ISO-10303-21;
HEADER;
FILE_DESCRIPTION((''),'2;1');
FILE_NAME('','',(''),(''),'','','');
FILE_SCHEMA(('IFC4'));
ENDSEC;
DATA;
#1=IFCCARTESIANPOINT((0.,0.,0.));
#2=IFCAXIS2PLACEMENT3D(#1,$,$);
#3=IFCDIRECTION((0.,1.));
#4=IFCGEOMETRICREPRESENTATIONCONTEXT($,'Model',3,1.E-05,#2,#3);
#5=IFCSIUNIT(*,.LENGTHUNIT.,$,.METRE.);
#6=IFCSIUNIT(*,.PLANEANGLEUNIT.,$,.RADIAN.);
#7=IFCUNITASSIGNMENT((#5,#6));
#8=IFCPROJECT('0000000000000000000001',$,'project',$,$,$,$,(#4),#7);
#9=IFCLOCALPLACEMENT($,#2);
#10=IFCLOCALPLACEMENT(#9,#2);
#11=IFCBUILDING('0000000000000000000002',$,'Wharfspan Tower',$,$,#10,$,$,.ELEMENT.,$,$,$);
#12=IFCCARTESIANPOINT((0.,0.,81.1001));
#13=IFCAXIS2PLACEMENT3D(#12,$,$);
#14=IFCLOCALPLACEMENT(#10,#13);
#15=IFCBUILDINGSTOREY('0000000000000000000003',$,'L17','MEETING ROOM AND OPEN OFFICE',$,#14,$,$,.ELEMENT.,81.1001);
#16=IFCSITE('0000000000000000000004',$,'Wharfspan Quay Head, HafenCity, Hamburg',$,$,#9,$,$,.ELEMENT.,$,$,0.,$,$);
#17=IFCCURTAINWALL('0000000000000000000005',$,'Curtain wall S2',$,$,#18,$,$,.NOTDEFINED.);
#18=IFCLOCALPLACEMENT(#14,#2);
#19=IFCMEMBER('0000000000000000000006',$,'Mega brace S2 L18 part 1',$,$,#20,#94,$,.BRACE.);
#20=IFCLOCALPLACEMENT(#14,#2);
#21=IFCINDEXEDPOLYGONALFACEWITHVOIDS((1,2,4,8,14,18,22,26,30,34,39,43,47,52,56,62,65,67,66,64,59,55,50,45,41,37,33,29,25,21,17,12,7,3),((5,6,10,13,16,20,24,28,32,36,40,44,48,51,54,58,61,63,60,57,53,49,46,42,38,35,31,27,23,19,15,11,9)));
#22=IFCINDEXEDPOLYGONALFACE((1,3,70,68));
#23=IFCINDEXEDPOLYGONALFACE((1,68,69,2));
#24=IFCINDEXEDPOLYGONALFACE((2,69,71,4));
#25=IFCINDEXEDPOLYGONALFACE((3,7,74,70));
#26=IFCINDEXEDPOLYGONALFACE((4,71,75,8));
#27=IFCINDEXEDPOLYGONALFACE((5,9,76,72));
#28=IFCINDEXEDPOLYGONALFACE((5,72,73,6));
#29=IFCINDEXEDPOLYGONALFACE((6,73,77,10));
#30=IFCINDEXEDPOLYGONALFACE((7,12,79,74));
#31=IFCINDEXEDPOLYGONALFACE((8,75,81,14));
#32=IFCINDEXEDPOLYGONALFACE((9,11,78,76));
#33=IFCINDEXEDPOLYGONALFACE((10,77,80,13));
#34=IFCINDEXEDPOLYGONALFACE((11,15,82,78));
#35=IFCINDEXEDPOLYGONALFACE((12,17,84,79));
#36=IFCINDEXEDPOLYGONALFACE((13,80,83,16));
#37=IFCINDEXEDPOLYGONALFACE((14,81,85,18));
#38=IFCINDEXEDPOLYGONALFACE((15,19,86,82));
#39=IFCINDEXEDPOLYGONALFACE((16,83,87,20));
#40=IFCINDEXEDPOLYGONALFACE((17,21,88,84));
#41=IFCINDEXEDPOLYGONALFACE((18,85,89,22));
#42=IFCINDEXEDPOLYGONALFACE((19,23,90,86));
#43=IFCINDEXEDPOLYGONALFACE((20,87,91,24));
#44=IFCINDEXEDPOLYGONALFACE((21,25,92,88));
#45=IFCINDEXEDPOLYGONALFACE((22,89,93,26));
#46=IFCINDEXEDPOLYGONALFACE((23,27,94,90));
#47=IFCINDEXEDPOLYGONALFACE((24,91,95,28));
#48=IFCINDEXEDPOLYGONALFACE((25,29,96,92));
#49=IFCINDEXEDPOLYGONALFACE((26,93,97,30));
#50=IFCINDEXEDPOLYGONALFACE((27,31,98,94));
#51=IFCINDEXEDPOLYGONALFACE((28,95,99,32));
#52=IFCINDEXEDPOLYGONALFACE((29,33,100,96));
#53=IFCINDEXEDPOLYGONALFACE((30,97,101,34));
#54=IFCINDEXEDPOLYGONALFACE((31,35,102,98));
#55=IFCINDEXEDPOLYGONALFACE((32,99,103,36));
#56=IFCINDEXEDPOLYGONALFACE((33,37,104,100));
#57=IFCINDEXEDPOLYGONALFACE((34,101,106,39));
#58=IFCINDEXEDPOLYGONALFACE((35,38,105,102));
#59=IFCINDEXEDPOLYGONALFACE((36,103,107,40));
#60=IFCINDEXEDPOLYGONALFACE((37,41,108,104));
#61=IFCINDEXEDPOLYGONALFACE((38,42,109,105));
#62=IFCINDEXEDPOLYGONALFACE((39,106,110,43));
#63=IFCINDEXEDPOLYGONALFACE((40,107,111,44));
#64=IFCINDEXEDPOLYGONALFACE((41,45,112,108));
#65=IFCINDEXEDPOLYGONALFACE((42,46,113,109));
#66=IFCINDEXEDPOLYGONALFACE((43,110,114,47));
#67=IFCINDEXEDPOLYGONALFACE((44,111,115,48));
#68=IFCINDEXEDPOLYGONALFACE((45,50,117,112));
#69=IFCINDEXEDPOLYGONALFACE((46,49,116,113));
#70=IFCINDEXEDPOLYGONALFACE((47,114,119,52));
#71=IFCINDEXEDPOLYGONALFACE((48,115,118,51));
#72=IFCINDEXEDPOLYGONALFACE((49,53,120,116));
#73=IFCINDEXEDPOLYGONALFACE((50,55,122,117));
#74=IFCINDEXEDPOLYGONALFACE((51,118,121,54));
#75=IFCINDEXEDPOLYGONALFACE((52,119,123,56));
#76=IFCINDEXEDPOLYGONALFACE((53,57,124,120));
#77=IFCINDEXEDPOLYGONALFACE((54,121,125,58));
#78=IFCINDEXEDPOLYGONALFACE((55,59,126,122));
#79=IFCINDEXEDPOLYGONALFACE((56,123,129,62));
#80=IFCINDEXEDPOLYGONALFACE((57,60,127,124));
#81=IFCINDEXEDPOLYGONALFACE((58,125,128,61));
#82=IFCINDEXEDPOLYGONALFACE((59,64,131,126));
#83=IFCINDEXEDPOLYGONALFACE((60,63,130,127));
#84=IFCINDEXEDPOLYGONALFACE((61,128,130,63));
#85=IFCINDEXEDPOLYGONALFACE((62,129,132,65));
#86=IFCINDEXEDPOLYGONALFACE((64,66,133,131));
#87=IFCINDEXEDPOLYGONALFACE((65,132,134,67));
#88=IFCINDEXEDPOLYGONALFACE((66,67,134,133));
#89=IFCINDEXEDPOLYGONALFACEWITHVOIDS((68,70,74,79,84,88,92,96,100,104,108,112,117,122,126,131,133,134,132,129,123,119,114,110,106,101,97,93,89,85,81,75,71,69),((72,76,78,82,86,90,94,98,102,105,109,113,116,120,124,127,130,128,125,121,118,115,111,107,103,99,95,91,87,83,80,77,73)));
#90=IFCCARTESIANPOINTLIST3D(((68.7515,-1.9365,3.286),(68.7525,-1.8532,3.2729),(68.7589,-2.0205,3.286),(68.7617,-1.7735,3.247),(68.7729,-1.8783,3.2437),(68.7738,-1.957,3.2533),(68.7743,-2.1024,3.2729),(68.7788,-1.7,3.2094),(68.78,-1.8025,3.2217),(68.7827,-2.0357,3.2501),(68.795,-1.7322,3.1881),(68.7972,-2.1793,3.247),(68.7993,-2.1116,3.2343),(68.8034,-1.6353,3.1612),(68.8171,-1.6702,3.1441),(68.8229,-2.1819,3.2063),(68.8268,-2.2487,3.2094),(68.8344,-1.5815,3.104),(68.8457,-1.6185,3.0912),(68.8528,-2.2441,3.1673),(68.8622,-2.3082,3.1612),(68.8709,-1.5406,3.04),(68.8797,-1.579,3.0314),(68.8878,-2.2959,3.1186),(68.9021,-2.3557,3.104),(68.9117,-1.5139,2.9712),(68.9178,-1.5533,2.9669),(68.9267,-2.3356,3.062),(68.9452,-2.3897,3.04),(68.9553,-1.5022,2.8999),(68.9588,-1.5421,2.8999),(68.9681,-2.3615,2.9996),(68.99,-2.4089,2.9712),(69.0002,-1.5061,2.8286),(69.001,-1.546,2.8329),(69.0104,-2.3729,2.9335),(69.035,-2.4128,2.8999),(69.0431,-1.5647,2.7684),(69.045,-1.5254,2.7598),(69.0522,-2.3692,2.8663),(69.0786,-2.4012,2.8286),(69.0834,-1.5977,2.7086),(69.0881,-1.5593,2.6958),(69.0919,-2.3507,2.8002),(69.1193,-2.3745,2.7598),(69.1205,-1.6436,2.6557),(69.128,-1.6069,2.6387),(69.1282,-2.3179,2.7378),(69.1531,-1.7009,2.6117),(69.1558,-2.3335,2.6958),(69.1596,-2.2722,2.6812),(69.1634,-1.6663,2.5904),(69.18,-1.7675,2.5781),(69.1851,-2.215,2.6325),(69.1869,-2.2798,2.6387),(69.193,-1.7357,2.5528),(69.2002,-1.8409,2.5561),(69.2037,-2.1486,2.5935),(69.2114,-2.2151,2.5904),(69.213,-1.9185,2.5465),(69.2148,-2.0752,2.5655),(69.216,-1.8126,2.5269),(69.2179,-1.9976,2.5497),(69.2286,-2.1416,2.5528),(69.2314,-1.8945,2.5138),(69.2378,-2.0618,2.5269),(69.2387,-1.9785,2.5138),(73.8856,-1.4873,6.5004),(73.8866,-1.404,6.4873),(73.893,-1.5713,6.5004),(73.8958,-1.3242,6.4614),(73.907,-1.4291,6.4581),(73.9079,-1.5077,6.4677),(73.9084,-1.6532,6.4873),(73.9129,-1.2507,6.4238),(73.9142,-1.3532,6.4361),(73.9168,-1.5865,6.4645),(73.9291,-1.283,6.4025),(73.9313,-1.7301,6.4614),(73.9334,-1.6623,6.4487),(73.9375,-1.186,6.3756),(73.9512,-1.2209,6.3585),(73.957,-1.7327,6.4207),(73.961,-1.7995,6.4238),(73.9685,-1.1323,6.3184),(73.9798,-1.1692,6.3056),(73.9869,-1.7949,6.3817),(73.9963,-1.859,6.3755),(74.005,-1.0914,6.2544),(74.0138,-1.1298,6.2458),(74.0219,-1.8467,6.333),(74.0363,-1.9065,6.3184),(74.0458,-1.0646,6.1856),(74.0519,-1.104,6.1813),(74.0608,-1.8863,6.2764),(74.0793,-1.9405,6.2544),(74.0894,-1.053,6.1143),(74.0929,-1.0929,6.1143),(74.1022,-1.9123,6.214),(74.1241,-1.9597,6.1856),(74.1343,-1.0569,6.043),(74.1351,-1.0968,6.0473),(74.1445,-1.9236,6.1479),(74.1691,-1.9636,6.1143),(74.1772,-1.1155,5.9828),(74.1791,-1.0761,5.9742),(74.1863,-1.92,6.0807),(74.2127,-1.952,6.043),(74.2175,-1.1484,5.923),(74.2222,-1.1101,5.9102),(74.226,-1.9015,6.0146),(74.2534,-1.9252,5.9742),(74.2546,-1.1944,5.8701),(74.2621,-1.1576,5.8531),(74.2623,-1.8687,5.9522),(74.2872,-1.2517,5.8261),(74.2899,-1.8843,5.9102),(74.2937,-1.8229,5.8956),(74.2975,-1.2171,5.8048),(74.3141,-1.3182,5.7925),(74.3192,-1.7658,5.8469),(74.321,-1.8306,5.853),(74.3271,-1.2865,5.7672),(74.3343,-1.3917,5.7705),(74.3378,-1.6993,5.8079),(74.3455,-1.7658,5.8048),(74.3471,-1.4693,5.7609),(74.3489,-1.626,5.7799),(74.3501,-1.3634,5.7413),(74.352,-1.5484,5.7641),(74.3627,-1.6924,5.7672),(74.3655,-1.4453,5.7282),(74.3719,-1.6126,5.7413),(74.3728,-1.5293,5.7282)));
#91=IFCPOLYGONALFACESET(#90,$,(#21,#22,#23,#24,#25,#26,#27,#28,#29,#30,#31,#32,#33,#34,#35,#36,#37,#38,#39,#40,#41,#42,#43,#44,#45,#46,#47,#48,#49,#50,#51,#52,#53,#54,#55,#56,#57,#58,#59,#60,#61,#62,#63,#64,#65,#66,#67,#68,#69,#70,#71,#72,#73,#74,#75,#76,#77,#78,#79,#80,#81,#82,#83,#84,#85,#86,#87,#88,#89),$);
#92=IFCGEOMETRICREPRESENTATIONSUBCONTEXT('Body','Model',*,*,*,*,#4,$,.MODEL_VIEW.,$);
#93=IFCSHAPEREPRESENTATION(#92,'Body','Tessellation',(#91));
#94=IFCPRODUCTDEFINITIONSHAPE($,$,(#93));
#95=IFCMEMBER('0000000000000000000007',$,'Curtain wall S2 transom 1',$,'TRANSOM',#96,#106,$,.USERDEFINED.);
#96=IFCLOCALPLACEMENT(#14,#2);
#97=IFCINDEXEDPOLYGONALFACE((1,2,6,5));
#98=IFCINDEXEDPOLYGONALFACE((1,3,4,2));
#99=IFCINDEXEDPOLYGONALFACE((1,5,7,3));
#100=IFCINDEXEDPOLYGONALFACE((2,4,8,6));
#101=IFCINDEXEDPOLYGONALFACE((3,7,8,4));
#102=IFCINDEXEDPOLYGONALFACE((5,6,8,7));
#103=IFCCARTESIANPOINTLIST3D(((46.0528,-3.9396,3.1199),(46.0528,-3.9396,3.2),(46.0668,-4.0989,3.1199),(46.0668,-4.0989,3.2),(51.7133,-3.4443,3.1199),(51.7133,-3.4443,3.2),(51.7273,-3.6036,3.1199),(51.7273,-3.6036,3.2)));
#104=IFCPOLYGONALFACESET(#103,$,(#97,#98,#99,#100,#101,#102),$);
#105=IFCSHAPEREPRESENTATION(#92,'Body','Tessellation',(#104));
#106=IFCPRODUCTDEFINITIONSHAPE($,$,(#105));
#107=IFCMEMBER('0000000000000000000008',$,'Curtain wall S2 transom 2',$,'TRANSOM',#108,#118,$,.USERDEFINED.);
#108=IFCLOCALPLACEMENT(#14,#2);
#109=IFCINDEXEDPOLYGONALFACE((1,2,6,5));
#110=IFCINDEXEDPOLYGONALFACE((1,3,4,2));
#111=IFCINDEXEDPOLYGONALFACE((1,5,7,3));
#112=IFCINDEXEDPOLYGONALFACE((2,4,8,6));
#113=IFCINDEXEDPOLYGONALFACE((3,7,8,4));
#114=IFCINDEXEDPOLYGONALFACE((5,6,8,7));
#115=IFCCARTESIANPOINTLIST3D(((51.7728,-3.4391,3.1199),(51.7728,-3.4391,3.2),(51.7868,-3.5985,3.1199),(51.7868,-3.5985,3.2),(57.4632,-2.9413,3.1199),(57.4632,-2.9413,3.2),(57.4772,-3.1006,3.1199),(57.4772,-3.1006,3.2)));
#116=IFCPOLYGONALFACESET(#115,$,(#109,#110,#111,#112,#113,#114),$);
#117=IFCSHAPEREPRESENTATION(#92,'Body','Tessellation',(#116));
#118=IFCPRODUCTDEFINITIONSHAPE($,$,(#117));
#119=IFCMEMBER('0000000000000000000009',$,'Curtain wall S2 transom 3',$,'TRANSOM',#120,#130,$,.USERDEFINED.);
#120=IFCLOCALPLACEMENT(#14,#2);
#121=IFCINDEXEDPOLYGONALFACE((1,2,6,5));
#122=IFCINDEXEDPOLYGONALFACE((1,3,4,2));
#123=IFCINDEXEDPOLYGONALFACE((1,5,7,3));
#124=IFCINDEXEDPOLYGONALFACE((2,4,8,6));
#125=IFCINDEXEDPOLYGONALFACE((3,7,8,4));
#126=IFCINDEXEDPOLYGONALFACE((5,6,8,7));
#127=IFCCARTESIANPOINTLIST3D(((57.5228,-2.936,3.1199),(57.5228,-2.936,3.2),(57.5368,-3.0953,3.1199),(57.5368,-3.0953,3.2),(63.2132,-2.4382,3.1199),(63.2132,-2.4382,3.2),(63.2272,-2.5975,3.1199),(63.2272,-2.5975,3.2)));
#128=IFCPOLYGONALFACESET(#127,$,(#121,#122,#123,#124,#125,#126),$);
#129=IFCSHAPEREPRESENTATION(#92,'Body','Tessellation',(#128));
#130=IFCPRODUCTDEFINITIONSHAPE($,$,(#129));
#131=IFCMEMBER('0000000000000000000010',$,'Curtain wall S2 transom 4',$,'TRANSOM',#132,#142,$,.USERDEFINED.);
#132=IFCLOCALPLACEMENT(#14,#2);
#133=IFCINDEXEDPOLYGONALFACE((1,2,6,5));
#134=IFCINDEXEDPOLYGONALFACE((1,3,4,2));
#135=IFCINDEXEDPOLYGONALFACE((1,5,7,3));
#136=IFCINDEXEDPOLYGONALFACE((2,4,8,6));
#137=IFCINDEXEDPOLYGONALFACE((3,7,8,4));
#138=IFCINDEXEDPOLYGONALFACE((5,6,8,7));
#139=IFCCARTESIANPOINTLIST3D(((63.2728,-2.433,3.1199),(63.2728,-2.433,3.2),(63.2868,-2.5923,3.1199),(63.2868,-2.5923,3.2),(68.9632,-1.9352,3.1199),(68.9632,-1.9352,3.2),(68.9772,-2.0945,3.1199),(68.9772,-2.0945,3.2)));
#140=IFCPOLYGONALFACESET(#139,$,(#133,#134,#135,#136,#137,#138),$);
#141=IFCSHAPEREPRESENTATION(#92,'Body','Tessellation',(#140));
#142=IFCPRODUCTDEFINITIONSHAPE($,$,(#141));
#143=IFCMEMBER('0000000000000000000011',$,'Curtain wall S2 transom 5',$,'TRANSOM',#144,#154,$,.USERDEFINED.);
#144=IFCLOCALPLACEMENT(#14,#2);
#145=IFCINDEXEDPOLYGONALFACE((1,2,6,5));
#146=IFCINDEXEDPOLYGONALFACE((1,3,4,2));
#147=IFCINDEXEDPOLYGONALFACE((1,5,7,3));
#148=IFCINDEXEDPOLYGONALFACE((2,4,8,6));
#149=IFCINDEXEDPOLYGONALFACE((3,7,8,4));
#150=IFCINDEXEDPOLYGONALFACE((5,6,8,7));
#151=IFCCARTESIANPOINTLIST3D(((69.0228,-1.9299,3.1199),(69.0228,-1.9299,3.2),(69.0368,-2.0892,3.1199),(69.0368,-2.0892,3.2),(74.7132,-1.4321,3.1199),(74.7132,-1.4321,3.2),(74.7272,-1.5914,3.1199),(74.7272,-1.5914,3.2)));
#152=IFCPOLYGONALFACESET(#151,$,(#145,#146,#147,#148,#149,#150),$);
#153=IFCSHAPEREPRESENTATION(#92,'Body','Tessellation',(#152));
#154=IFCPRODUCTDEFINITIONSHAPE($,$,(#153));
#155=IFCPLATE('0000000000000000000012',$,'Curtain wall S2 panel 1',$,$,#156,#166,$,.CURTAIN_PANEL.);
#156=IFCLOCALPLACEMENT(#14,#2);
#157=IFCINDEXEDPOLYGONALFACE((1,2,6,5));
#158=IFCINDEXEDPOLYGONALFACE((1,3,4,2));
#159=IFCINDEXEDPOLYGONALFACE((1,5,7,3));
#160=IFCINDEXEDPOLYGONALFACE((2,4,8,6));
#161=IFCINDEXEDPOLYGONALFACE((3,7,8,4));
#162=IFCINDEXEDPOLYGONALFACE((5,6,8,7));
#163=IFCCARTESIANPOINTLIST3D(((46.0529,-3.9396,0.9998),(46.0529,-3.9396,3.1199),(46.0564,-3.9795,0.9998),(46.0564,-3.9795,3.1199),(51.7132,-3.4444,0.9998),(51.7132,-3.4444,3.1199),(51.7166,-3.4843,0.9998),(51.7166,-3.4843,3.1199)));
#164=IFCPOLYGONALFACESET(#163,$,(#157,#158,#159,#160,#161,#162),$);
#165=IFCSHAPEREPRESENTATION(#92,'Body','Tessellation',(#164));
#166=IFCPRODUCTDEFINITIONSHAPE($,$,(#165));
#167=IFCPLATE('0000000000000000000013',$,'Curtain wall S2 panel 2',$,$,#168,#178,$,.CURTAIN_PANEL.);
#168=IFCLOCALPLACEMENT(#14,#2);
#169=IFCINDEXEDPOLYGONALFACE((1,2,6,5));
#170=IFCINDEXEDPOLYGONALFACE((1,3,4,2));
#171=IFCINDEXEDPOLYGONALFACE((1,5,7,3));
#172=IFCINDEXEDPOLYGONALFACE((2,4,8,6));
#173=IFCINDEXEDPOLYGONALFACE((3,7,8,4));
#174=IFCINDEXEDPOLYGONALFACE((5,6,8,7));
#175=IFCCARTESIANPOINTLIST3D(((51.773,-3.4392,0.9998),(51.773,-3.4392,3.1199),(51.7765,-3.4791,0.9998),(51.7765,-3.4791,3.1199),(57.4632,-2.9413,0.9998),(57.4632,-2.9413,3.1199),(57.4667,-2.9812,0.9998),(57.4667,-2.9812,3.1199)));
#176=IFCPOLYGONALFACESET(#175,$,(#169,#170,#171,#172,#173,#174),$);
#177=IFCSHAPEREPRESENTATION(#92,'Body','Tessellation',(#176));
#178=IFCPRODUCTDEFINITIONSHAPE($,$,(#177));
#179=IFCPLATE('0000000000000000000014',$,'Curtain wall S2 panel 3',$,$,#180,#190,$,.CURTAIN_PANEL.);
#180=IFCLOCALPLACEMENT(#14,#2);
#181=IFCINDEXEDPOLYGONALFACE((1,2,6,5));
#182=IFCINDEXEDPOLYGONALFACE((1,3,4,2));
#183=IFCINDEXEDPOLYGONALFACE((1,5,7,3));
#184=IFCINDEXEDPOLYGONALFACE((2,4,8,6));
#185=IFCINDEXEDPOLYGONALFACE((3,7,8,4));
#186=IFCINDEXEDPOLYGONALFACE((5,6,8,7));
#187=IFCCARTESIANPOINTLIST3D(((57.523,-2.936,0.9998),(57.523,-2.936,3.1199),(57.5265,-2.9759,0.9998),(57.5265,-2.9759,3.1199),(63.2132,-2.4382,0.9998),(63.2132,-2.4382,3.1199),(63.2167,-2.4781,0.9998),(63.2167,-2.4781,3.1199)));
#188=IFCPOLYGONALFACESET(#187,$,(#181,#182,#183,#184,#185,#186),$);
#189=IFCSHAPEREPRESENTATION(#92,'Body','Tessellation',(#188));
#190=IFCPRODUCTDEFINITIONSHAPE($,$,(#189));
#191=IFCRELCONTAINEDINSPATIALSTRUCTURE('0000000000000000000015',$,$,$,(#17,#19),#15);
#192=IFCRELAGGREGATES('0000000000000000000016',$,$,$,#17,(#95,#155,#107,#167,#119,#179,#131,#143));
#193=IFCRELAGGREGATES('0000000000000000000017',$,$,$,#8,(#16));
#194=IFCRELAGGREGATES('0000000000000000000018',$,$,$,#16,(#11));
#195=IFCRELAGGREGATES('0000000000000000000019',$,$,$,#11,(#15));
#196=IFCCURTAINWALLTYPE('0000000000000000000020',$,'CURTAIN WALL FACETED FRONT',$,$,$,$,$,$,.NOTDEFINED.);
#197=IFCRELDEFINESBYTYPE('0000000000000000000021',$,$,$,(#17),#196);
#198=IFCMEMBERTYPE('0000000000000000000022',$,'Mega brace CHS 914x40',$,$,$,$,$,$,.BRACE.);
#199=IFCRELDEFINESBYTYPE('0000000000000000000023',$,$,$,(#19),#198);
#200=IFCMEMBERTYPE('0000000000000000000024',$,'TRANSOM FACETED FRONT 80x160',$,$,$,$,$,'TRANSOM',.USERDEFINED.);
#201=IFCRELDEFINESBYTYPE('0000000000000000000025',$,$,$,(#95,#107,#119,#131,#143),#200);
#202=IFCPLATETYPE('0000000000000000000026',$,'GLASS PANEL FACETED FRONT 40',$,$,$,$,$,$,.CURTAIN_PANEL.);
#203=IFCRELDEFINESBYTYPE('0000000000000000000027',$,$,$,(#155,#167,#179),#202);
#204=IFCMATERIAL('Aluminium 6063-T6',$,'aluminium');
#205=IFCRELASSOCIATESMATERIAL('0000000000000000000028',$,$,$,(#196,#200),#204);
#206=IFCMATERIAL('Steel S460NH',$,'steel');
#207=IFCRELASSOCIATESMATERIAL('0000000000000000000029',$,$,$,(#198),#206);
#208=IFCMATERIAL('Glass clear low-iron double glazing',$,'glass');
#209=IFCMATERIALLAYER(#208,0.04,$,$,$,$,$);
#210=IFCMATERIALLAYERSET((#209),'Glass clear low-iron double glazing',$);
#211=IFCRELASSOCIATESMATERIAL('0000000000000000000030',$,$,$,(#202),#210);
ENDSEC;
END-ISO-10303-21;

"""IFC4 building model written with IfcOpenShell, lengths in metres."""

from ifc_helpers import new_model, si_unit, direction, frame, origin, origin_2d, place, context, subcontext, project, spatial, rectangle, hollow_circle, extrude, material, layer, layer_set, material_profile, profile_set, type_object, element, aggregate, save


model = new_model("IFC4")

# Units and contexts
model_context = context("Model", 3, precision=1e-05, world=origin(), true_north=direction((0.0, 1.0)))
body_context = subcontext(model_context, "Body", "Model", "MODEL_VIEW")
ifc_project = project(units=[si_unit("LENGTHUNIT", "METRE"), si_unit("PLANEANGLEUNIT", "RADIAN")], contexts=[model_context])

# Site, building, storey
site_placement = place(None, origin())
site = spatial("IfcSite", under=ifc_project, at=site_placement, Name="Wharfspan Quay Head, HafenCity, Hamburg", CompositionType="ELEMENT", RefElevation=0.0)
building_placement = place(site_placement, origin())
building = spatial("IfcBuilding", under=site, at=building_placement, Name="Wharfspan Tower", CompositionType="ELEMENT")
storey_placement = place(building_placement, frame((0.0, 0.0, 81.1001)))
storey = spatial("IfcBuildingStorey", under=building, at=storey_placement, Name="L17", Description="MEETING ROOM AND OPEN OFFICE", CompositionType="ELEMENT", Elevation=81.1001)

# Curtain wall
ifc_material_1 = material(Name="Aluminium 6063-T6", Category="aluminium")
curtain_wall_type = type_object("IfcCurtainWallType", Name="CURTAIN WALL FACETED FRONT", PredefinedType="NOTDEFINED", material=ifc_material_1)
curtain_wall_placement = place(storey_placement, origin())
curtain_wall = element("IfcCurtainWall", 1, at=curtain_wall_placement, inside=storey, type_object=curtain_wall_type, Name="Curtain wall S2", PredefinedType="NOTDEFINED")

# Members
ifc_material_2 = material(Name="Steel S460NH", Category="steel")
ifc_material_profile_1 = material_profile(ifc_material_2, hollow_circle(Radius=0.457, WallThickness=0.04, at=origin_2d()))
ifc_profile_set_1 = profile_set([ifc_material_profile_1], Name="Steel S460NH")
member_type_1 = type_object("IfcMemberType", Name="Mega brace CHS 914x40", PredefinedType="BRACE", material=ifc_profile_set_1)
member_1_placement = place(storey_placement, frame((68.9951, -1.9575, 2.8999), z_axis=(0.845262, 0.073959, 0.529208), x_axis=(-0.087167, 0.996192, 0.000003)))
element("IfcMember", 2, at=member_1_placement, inside=storey, type_object=member_type_1, Name="Mega brace S2 L18 part 1", PredefinedType="BRACE", context=body_context, shape_type="SweptSolid", body=[
    extrude(hollow_circle(Radius=0.457, WallThickness=0.04, at=origin_2d()), origin(), (0.0, 0.0, 1.0), 6.074),
])
ifc_material_profile_2 = material_profile(ifc_material_1, rectangle(XDim=0.1599, YDim=0.0801, at=origin_2d()))
ifc_profile_set_2 = profile_set([ifc_material_profile_2], Name="Aluminium 6063-T6")
member_type_2 = type_object("IfcMemberType", Name="TRANSOM FACETED FRONT 80x160", ElementType="TRANSOM", PredefinedType="USERDEFINED", material=ifc_profile_set_2)
member_2_placement = place(storey_placement, frame((46.0598, -4.0193, 3.1599), z_axis=(0.996193, 0.08718, 0.0), x_axis=(-0.08718, 0.996193, 0.0)))
member_2 = element("IfcMember", 3, at=member_2_placement, type_object=member_type_2, Name="Curtain wall S2 transom 1", ObjectType="TRANSOM", PredefinedType="USERDEFINED", context=body_context, shape_type="SweptSolid", body=[
    extrude(rectangle(XDim=0.1599, YDim=0.0801, at=origin_2d()), origin(), (0.0, 0.0, 1.0), 5.6821),
])
member_3_placement = place(storey_placement, frame((51.7798, -3.5188, 3.1599), z_axis=(0.996195, 0.087148, 0.0), x_axis=(-0.087148, 0.996195, 0.0)))
member_3 = element("IfcMember", 4, at=member_3_placement, type_object=member_type_2, Name="Curtain wall S2 transom 2", ObjectType="TRANSOM", PredefinedType="USERDEFINED", context=body_context, shape_type="SweptSolid", body=[
    extrude(rectangle(XDim=0.1599, YDim=0.0801, at=origin_2d()), origin(), (0.0, 0.0, 1.0), 5.7122),
])
member_4_placement = place(storey_placement, frame((57.5298, -3.0156, 3.1599), z_axis=(0.996195, 0.087148, 0.0), x_axis=(-0.087148, 0.996195, 0.0)))
member_4 = element("IfcMember", 5, at=member_4_placement, type_object=member_type_2, Name="Curtain wall S2 transom 3", ObjectType="TRANSOM", PredefinedType="USERDEFINED", context=body_context, shape_type="SweptSolid", body=[
    extrude(rectangle(XDim=0.1599, YDim=0.0801, at=origin_2d()), origin(), (0.0, 0.0, 1.0), 5.7122),
])
member_5_placement = place(storey_placement, frame((63.2798, -2.5127, 3.1599), z_axis=(0.996195, 0.087148, 0.0), x_axis=(-0.087148, 0.996195, 0.0)))
member_5 = element("IfcMember", 6, at=member_5_placement, type_object=member_type_2, Name="Curtain wall S2 transom 4", ObjectType="TRANSOM", PredefinedType="USERDEFINED", context=body_context, shape_type="SweptSolid", body=[
    extrude(rectangle(XDim=0.1599, YDim=0.0801, at=origin_2d()), origin(), (0.0, 0.0, 1.0), 5.7122),
])
member_6_placement = place(storey_placement, frame((69.0298, -2.0095, 3.1599), z_axis=(0.996195, 0.087148, 0.0), x_axis=(-0.087148, 0.996195, 0.0)))
member_6 = element("IfcMember", 7, at=member_6_placement, type_object=member_type_2, Name="Curtain wall S2 transom 5", ObjectType="TRANSOM", PredefinedType="USERDEFINED", context=body_context, shape_type="SweptSolid", body=[
    extrude(rectangle(XDim=0.1599, YDim=0.0801, at=origin_2d()), origin(), (0.0, 0.0, 1.0), 5.7122),
])

# Plates
ifc_material_3 = material(Name="Glass clear low-iron double glazing", Category="glass")
ifc_layer_1 = layer(ifc_material_3, 0.04)
ifc_layer_set_1 = layer_set([ifc_layer_1], Name="Glass clear low-iron double glazing")
plate_type = type_object("IfcPlateType", Name="GLASS PANEL FACETED FRONT 40", PredefinedType="CURTAIN_PANEL", material=ifc_layer_set_1)
plate_1_placement = place(storey_placement, frame((48.8848, -3.7119, 0.9998), z_axis=(0.0, 0.0, 1.0), x_axis=(0.996197, 0.087156, 0.0)))
plate_1 = element("IfcPlate", 8, at=plate_1_placement, type_object=plate_type, Name="Curtain wall S2 panel 1", PredefinedType="CURTAIN_PANEL", context=body_context, shape_type="SweptSolid", body=[
    extrude(rectangle(XDim=5.6819, YDim=0.04, at=origin_2d()), origin(), (0.0, 0.0, 1.0), 2.1201),
])
plate_2_placement = place(storey_placement, frame((54.6199, -3.2102, 0.9998), z_axis=(0.0, 0.0, 1.0), x_axis=(0.996197, 0.087156, 0.0)))
plate_2 = element("IfcPlate", 9, at=plate_2_placement, type_object=plate_type, Name="Curtain wall S2 panel 2", PredefinedType="CURTAIN_PANEL", context=body_context, shape_type="SweptSolid", body=[
    extrude(rectangle(XDim=5.7119, YDim=0.04, at=origin_2d()), origin(), (0.0, 0.0, 1.0), 2.1201),
])
plate_3_placement = place(storey_placement, frame((60.3699, -2.707, 0.9998), z_axis=(0.0, 0.0, 1.0), x_axis=(0.996197, 0.087156, 0.0)))
plate_3 = element("IfcPlate", 10, at=plate_3_placement, type_object=plate_type, Name="Curtain wall S2 panel 3", PredefinedType="CURTAIN_PANEL", context=body_context, shape_type="SweptSolid", body=[
    extrude(rectangle(XDim=5.7119, YDim=0.04, at=origin_2d()), origin(), (0.0, 0.0, 1.0), 2.1201),
])
aggregate(curtain_wall, [member_2, plate_1, member_3, plate_2, member_4, plate_3, member_5, member_6])

save(model, "model.ifc")
